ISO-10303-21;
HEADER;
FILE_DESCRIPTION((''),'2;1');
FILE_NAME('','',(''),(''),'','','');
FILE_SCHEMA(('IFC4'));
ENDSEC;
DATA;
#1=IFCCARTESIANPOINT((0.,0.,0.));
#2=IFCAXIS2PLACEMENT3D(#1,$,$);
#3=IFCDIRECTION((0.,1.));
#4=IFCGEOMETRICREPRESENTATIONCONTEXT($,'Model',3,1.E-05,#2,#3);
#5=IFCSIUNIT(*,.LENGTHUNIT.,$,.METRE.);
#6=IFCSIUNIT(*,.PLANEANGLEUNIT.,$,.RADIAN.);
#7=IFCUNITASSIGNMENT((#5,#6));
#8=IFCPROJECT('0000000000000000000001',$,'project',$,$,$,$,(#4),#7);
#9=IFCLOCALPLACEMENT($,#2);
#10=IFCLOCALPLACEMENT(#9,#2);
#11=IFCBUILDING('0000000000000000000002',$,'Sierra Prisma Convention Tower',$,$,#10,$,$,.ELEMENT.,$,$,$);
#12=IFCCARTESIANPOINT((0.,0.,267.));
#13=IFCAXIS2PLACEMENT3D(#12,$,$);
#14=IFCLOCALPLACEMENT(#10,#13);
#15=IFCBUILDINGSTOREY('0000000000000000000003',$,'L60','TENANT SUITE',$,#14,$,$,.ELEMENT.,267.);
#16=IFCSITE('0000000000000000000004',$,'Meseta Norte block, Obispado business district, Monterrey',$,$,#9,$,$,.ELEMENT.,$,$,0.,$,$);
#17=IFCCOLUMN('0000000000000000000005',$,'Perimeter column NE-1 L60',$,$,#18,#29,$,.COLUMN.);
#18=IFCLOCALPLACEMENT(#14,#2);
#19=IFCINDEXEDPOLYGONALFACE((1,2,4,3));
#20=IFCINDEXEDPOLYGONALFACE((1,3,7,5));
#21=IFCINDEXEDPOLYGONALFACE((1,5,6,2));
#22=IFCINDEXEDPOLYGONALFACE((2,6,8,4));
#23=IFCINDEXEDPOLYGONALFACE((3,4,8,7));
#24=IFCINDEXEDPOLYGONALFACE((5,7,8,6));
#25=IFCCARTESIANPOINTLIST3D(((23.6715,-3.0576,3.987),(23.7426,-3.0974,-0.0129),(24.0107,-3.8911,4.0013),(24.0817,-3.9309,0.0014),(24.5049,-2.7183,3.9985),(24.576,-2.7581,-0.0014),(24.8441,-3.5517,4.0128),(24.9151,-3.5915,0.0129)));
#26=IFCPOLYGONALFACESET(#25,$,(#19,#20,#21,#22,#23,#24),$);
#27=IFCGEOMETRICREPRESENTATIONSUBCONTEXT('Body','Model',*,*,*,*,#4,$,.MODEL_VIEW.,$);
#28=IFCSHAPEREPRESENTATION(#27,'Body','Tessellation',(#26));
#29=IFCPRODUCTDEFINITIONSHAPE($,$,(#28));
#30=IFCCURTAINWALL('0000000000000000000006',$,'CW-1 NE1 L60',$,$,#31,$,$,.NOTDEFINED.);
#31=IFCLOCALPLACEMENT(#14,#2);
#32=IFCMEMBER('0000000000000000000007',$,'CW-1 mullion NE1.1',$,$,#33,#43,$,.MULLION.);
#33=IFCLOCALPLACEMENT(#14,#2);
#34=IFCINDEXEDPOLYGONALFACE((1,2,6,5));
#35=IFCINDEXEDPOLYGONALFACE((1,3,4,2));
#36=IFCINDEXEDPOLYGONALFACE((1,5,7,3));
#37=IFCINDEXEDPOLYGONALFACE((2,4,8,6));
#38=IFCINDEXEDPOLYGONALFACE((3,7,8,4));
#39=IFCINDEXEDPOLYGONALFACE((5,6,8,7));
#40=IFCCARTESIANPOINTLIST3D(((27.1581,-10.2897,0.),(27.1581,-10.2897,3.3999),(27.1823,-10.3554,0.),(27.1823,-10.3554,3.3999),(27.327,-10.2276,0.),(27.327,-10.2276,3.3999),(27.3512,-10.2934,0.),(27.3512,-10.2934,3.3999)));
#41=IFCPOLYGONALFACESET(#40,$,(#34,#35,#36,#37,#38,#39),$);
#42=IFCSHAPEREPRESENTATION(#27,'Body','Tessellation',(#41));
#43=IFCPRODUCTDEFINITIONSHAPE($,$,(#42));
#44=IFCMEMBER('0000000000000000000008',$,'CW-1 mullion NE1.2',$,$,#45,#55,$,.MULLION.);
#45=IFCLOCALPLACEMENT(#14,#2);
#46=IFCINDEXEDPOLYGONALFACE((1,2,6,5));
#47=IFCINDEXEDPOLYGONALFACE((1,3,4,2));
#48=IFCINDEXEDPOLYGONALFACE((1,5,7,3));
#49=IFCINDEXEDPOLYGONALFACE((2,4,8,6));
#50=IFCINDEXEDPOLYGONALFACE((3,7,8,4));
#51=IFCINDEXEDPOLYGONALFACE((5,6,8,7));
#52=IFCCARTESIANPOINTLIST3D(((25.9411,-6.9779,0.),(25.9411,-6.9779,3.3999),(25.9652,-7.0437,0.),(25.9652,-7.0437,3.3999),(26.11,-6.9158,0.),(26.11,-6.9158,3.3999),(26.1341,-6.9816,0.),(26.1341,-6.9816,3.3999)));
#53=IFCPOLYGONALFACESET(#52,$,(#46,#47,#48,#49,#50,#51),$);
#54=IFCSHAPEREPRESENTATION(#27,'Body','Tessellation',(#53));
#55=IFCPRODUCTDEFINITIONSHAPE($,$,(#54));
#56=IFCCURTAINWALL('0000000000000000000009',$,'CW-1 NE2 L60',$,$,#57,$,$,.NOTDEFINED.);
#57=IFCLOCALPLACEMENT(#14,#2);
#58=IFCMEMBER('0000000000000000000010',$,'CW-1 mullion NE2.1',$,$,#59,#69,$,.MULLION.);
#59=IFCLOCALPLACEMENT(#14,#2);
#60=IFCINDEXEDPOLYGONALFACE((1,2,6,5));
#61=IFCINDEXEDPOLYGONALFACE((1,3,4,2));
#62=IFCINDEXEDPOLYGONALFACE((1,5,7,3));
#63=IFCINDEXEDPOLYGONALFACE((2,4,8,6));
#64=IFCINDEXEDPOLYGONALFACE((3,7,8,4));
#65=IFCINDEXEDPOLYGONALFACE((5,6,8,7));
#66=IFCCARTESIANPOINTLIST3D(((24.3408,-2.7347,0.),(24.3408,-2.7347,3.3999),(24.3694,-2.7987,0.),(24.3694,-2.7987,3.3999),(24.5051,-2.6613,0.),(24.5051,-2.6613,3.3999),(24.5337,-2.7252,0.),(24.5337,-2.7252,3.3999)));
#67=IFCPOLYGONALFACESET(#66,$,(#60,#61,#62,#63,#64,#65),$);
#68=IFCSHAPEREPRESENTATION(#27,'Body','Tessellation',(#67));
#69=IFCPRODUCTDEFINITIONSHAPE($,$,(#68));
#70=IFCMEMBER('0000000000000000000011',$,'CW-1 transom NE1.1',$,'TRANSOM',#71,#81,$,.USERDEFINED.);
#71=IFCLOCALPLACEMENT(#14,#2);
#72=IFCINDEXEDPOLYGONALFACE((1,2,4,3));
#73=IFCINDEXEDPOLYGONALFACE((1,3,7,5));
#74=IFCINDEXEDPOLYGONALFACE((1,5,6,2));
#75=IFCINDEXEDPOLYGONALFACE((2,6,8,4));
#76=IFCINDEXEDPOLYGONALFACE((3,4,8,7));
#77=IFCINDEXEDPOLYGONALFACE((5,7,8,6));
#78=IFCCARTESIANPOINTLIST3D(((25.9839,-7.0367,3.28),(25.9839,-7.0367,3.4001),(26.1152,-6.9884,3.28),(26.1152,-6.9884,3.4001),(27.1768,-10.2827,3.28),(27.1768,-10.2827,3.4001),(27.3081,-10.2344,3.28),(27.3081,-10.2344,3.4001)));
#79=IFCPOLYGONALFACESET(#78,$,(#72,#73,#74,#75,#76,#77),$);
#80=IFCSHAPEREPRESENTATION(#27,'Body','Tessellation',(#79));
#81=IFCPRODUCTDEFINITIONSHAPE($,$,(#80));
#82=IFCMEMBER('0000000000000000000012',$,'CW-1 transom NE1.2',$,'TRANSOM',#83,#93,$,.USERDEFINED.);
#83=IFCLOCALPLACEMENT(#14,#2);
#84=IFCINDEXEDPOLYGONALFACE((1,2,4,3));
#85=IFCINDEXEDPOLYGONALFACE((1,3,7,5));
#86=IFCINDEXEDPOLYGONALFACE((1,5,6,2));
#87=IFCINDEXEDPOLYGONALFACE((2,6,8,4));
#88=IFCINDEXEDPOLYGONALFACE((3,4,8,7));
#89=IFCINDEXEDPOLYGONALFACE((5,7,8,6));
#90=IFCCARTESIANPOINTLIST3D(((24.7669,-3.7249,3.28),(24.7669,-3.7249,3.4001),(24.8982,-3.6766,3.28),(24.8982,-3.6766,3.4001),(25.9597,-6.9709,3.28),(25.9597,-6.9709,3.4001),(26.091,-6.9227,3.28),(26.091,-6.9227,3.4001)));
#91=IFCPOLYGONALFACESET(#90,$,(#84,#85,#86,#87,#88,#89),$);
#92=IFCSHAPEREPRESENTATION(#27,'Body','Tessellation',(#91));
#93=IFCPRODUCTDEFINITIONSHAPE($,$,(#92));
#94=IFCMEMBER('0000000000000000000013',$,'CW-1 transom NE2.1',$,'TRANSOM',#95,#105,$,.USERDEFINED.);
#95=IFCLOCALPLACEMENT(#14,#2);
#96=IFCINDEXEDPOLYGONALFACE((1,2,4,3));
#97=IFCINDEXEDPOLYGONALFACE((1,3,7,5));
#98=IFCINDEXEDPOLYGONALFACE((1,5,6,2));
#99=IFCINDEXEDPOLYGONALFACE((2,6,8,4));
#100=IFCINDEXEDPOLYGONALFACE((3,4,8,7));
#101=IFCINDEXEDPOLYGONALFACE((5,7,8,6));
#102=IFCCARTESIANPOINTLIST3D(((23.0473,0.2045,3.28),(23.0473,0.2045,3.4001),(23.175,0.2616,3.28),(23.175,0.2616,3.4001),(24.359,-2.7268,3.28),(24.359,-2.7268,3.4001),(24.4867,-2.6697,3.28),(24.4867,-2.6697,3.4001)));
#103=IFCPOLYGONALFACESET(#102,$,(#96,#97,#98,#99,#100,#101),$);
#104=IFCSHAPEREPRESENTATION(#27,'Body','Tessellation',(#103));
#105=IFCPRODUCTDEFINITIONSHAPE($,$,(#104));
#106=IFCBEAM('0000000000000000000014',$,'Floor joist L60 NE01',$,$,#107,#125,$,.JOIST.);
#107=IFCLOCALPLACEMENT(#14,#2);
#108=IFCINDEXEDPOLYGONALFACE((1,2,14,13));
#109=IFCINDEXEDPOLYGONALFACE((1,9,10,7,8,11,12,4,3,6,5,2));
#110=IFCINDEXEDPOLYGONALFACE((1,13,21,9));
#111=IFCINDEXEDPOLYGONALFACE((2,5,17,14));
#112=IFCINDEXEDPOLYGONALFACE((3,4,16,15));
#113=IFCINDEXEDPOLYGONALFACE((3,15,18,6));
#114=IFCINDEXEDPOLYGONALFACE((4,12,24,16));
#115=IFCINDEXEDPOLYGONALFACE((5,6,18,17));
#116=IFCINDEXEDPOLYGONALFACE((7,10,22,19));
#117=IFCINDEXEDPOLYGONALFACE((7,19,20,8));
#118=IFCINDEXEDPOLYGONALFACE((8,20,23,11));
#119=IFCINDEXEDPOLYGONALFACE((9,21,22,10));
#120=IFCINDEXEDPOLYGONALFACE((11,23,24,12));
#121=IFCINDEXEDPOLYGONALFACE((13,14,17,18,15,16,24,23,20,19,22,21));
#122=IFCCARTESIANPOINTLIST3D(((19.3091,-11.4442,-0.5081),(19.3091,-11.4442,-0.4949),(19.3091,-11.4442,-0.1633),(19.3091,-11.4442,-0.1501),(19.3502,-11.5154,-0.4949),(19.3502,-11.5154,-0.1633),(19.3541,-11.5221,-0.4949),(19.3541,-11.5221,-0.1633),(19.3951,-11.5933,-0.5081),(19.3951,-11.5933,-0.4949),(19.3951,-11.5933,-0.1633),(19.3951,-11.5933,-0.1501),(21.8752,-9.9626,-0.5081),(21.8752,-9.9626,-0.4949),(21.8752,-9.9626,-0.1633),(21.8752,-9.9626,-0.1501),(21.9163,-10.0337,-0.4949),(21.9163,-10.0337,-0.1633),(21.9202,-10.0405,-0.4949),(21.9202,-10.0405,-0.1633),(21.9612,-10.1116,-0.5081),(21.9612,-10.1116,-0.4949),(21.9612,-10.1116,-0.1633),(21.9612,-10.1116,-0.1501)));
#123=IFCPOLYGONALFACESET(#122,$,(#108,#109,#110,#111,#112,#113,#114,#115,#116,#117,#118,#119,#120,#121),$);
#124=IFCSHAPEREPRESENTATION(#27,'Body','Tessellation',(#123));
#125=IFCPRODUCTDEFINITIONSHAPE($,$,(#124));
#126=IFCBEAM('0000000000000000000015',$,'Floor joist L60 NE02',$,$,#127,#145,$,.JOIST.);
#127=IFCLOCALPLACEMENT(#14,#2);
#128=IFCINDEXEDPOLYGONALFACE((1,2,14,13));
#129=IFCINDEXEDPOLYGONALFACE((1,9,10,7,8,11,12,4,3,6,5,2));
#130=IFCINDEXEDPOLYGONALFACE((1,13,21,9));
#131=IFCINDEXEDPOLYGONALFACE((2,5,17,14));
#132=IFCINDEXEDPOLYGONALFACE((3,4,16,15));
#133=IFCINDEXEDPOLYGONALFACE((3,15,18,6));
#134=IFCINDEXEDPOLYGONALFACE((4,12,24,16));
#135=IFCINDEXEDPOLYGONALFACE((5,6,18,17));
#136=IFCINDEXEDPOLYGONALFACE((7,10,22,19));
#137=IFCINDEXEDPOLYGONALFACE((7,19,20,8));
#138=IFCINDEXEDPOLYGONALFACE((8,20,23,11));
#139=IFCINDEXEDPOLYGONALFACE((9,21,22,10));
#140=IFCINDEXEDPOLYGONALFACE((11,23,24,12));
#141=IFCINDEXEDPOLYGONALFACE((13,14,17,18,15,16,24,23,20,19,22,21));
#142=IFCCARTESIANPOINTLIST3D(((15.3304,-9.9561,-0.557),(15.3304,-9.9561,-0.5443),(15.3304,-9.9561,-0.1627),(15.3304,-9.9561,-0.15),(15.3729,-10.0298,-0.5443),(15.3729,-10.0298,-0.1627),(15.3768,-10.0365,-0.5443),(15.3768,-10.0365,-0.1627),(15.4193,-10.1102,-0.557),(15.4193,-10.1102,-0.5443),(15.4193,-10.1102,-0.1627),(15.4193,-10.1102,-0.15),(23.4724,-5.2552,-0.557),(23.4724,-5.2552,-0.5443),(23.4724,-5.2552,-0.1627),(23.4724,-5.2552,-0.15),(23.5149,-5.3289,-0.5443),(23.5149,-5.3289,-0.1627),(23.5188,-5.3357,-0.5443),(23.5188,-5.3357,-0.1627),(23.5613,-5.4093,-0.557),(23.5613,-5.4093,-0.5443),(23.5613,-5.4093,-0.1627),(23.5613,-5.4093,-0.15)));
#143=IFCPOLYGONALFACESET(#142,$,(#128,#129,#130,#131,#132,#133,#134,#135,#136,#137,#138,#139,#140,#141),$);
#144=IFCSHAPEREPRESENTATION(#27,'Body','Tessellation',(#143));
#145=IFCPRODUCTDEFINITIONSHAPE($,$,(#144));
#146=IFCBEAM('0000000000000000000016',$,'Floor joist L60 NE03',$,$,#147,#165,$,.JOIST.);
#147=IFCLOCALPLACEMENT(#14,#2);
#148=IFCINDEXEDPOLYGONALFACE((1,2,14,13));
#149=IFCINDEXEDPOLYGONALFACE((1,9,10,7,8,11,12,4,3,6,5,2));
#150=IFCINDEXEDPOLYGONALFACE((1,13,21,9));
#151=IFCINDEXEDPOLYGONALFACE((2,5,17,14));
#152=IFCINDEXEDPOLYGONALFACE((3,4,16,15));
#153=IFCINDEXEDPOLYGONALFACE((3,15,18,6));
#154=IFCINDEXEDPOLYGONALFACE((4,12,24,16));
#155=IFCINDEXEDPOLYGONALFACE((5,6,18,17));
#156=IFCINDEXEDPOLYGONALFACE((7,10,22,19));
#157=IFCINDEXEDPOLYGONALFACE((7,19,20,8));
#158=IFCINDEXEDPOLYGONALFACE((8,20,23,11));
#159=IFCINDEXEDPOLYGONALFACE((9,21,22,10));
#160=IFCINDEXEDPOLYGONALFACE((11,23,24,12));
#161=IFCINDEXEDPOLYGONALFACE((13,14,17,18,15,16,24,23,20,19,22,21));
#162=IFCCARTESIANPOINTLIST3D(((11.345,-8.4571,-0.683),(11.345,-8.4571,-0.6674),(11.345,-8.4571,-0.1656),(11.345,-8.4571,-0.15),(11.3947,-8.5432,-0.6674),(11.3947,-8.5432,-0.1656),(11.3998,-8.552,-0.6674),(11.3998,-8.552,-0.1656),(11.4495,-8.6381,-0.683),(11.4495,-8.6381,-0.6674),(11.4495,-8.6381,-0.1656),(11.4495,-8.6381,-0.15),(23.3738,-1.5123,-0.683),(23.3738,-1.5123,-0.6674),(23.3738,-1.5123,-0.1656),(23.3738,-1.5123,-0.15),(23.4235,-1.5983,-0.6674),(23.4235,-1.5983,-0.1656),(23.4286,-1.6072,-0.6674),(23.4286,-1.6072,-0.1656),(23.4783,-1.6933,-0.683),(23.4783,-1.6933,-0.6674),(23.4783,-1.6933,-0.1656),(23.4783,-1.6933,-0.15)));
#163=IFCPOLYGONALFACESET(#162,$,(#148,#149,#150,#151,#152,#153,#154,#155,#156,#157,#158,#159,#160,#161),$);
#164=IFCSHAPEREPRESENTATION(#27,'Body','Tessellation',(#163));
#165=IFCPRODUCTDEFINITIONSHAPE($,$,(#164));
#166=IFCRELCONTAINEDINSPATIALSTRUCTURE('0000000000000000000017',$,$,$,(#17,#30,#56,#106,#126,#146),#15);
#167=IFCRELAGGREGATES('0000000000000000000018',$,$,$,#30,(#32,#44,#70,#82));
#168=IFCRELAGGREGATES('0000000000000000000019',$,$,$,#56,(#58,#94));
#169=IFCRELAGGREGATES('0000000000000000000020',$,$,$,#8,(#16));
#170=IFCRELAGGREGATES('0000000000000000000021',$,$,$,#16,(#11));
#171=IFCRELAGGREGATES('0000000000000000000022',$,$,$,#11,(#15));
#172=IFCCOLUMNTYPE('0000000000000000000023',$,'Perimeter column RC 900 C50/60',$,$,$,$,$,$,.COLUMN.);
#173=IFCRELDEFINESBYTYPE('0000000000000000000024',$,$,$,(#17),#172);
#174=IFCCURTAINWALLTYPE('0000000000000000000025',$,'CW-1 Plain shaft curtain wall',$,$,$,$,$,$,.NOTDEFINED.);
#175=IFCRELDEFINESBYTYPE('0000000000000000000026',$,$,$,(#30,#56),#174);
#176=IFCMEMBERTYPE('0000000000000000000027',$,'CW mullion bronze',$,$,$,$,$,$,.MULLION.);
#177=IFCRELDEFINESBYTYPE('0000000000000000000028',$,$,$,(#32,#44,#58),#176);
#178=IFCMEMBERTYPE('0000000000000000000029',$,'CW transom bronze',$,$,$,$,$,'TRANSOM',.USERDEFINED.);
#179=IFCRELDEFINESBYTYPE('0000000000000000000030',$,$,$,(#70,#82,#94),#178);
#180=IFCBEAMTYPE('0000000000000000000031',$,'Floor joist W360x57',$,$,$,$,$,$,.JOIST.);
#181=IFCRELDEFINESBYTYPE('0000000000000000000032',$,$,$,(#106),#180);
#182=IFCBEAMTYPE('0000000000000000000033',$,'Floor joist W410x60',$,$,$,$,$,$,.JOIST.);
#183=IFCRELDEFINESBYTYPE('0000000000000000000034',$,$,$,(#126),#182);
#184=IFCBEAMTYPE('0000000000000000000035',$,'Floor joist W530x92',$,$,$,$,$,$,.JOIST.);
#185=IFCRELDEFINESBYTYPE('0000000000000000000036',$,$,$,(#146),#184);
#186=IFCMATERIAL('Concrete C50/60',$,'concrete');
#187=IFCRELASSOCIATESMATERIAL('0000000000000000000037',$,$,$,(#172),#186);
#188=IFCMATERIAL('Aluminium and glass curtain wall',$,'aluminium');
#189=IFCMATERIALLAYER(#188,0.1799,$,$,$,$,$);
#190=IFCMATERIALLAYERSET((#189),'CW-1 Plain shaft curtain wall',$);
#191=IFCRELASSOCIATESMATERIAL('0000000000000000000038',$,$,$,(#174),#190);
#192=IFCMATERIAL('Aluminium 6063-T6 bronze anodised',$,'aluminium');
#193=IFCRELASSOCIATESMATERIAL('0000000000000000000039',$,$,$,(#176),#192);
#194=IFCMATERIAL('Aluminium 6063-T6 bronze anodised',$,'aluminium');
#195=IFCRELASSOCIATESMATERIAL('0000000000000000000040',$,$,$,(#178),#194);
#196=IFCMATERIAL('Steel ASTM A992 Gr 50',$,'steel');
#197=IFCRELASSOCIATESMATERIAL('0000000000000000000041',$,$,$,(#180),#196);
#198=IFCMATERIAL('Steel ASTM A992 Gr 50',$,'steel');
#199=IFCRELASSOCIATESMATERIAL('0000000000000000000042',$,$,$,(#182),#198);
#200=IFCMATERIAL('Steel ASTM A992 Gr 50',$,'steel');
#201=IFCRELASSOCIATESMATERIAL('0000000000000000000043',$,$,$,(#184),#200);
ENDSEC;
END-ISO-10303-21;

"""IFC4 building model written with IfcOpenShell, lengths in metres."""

from ifc_helpers import new_model, si_unit, direction, frame, origin, origin_2d, place, context, subcontext, project, spatial, rectangle, i_section, extrude, material, layer, layer_set, material_profile, profile_set, type_object, element, aggregate, save


model = new_model("IFC4")

# Units and contexts
model_context = context("Model", 3, precision=1e-05, world=origin(), true_north=direction((0.0, 1.0)))
body_context = subcontext(model_context, "Body", "Model", "MODEL_VIEW")
ifc_project = project(units=[si_unit("LENGTHUNIT", "METRE"), si_unit("PLANEANGLEUNIT", "RADIAN")], contexts=[model_context])

# Site, building, storey
site_placement = place(None, origin())
site = spatial("IfcSite", under=ifc_project, at=site_placement, Name="Meseta Norte block, Obispado business district, Monterrey", CompositionType="ELEMENT", RefElevation=0.0)
building_placement = place(site_placement, origin())
building = spatial("IfcBuilding", under=site, at=building_placement, Name="Sierra Prisma Convention Tower", CompositionType="ELEMENT")
storey_placement = place(building_placement, frame((0.0, 0.0, 267.0)))
storey = spatial("IfcBuildingStorey", under=building, at=storey_placement, Name="L60", Description="TENANT SUITE", CompositionType="ELEMENT", Elevation=267.0)

# Column
ifc_material_1 = material(Name="Concrete C50/60", Category="concrete")
ifc_material_profile_1 = material_profile(ifc_material_1, rectangle(XDim=0.8999, YDim=0.8999, at=origin_2d()), Name="Perimeter column RC 900 C50/60")
ifc_profile_set_1 = profile_set([ifc_material_profile_1], Name="Concrete C50/60")
column_type = type_object("IfcColumnType", Name="Perimeter column RC 900 C50/60", PredefinedType="COLUMN", material=ifc_profile_set_1)
column_placement = place(storey_placement, frame((24.3289, -3.3445, 0.0), z_axis=(-0.017758, 0.009947, 0.999793), x_axis=(-0.376862, 0.926133, -0.015907)))
element("IfcColumn", 1, at=column_placement, inside=storey, type_object=column_type, Name="Perimeter column NE-1 L60", PredefinedType="COLUMN", context=body_context, shape_type="SweptSolid", body=[
    extrude(rectangle(XDim=0.8999, YDim=0.8999, at=origin_2d()), origin(), (0.0, 0.0, 1.0), 4.0007),
])

# Curtain wall, members
ifc_material_2 = material(Name="Aluminium and glass curtain wall", Category="aluminium")
ifc_layer_1 = layer(ifc_material_2, 0.1799)
ifc_layer_set_1 = layer_set([ifc_layer_1], Name="CW-1 Plain shaft curtain wall")
curtain_wall_type = type_object("IfcCurtainWallType", Name="CW-1 Plain shaft curtain wall", PredefinedType="NOTDEFINED", material=ifc_layer_set_1)
curtain_wall_1_placement = place(storey_placement, origin())
curtain_wall_1 = element("IfcCurtainWall", 2, at=curtain_wall_1_placement, inside=storey, type_object=curtain_wall_type, Name="CW-1 NE1 L60", PredefinedType="NOTDEFINED")
ifc_material_3 = material(Name="Aluminium 6063-T6 bronze anodised", Category="aluminium")
ifc_material_profile_2 = material_profile(ifc_material_3, rectangle(XDim=0.1799, YDim=0.0701, at=origin_2d()), Name="ALU MULLION 70x180")
ifc_profile_set_2 = profile_set([ifc_material_profile_2], Name="Aluminium 6063-T6 bronze anodised")
member_type_1 = type_object("IfcMemberType", Name="CW mullion bronze", PredefinedType="MULLION", material=ifc_profile_set_2)
member_1_placement = place(storey_placement, frame((27.2546, -10.2915, 0.0), z_axis=(0.0, 0.0, 1.0), x_axis=(-0.93862, -0.344952, 0.0)))
member_1 = element("IfcMember", 3, at=member_1_placement, type_object=member_type_1, Name="CW-1 mullion NE1.1", PredefinedType="MULLION", context=body_context, shape_type="SweptSolid", body=[
    extrude(rectangle(XDim=0.1799, YDim=0.0701, at=origin_2d()), origin(), (0.0, 0.0, 1.0), 3.3999),
])
member_2_placement = place(storey_placement, frame((26.0376, -6.9797, 0.0), z_axis=(0.0, 0.0, 1.0), x_axis=(-0.93862, -0.344952, 0.0)))
member_2 = element("IfcMember", 4, at=member_2_placement, type_object=member_type_1, Name="CW-1 mullion NE1.2", PredefinedType="MULLION", context=body_context, shape_type="SweptSolid", body=[
    extrude(rectangle(XDim=0.1799, YDim=0.0701, at=origin_2d()), origin(), (0.0, 0.0, 1.0), 3.3999),
])

# Curtain wall, member
curtain_wall_2_placement = place(storey_placement, origin())
curtain_wall_2 = element("IfcCurtainWall", 5, at=curtain_wall_2_placement, inside=storey, type_object=curtain_wall_type, Name="CW-1 NE2 L60", PredefinedType="NOTDEFINED")
member_3_placement = place(storey_placement, frame((24.4373, -2.73, 0.0), z_axis=(0.0, 0.0, 1.0), x_axis=(-0.912782, -0.408447, 0.0)))
member_3 = element("IfcMember", 6, at=member_3_placement, type_object=member_type_1, Name="CW-1 mullion NE2.1", PredefinedType="MULLION", context=body_context, shape_type="SweptSolid", body=[
    extrude(rectangle(XDim=0.1799, YDim=0.0701, at=origin_2d()), origin(), (0.0, 0.0, 1.0), 3.3999),
])

# Members
ifc_material_4 = material(Name="Aluminium 6063-T6 bronze anodised", Category="aluminium")
ifc_material_profile_3 = material_profile(ifc_material_4, rectangle(XDim=0.1399, YDim=0.1201, at=origin_2d()), Name="ALU TRANSOM 120x140")
ifc_profile_set_3 = profile_set([ifc_material_profile_3], Name="Aluminium 6063-T6 bronze anodised")
member_type_2 = type_object("IfcMemberType", Name="CW transom bronze", ElementType="TRANSOM", PredefinedType="USERDEFINED", material=ifc_profile_set_3)
member_4_placement = place(storey_placement, frame((27.2424, -10.2585, 3.3401), z_axis=(-0.344927, 0.93863, 0.0), x_axis=(-0.93863, -0.344927, 0.0)))
member_4 = element("IfcMember", 7, at=member_4_placement, type_object=member_type_2, Name="CW-1 transom NE1.1", ObjectType="TRANSOM", PredefinedType="USERDEFINED", context=body_context, shape_type="SweptSolid", body=[
    extrude(rectangle(XDim=0.1399, YDim=0.1201, at=origin_2d()), origin(), (0.0, 0.0, 1.0), 3.4583),
])
member_5_placement = place(storey_placement, frame((26.0254, -6.9468, 3.3401), z_axis=(-0.344927, 0.93863, 0.0), x_axis=(-0.93863, -0.344927, 0.0)))
member_5 = element("IfcMember", 8, at=member_5_placement, type_object=member_type_2, Name="CW-1 transom NE1.2", ObjectType="TRANSOM", PredefinedType="USERDEFINED", context=body_context, shape_type="SweptSolid", body=[
    extrude(rectangle(XDim=0.1399, YDim=0.1201, at=origin_2d()), origin(), (0.0, 0.0, 1.0), 3.4583),
])
member_6_placement = place(storey_placement, frame((24.4229, -2.6982, 3.3401), z_axis=(-0.408458, 0.912777, 0.0), x_axis=(-0.912777, -0.408458, 0.0)))
member_6 = element("IfcMember", 9, at=member_6_placement, type_object=member_type_2, Name="CW-1 transom NE2.1", ObjectType="TRANSOM", PredefinedType="USERDEFINED", context=body_context, shape_type="SweptSolid", body=[
    extrude(rectangle(XDim=0.1399, YDim=0.1201, at=origin_2d()), origin(), (0.0, 0.0, 1.0), 3.2114),
])

# Beams
ifc_material_5 = material(Name="Steel ASTM A992 Gr 50", Category="steel")
ifc_material_profile_4 = material_profile(ifc_material_5, i_section(OverallWidth=0.1721, OverallDepth=0.3579, WebThickness=0.0078, FlangeThickness=0.0132, at=origin_2d()), Name="W360x57")
ifc_profile_set_4 = profile_set([ifc_material_profile_4], Name="Steel ASTM A992 Gr 50")
beam_type_1 = type_object("IfcBeamType", Name="Floor joist W360x57", PredefinedType="JOIST", material=ifc_profile_set_4)
beam_1_placement = place(storey_placement, frame((21.9182, -10.0371, -0.3291), z_axis=(-0.866009, -0.500029, 0.0), x_axis=(0.500029, -0.866009, 0.0)))
element("IfcBeam", 10, at=beam_1_placement, inside=storey, type_object=beam_type_1, Name="Floor joist L60 NE01", PredefinedType="JOIST", context=body_context, shape_type="SweptSolid", body=[
    extrude(i_section(OverallWidth=0.1721, OverallDepth=0.3579, WebThickness=0.0078, FlangeThickness=0.0132, at=origin_2d()), origin(), (0.0, 0.0, 1.0), 2.9631),
])
ifc_material_6 = material(Name="Steel ASTM A992 Gr 50", Category="steel")
ifc_material_profile_5 = material_profile(ifc_material_6, i_section(OverallWidth=0.178, OverallDepth=0.407, WebThickness=0.0078, FlangeThickness=0.0127, at=origin_2d()), Name="W410x60")
ifc_profile_set_5 = profile_set([ifc_material_profile_5], Name="Steel ASTM A992 Gr 50")
beam_type_2 = type_object("IfcBeamType", Name="Floor joist W410x60", PredefinedType="JOIST", material=ifc_profile_set_5)
beam_2_placement = place(storey_placement, frame((23.5168, -5.3323, -0.3535), z_axis=(-0.866021, -0.500007, 0.0), x_axis=(0.500007, -0.866021, 0.0)))
element("IfcBeam", 11, at=beam_2_placement, inside=storey, type_object=beam_type_2, Name="Floor joist L60 NE02", PredefinedType="JOIST", context=body_context, shape_type="SweptSolid", body=[
    extrude(i_section(OverallWidth=0.178, OverallDepth=0.407, WebThickness=0.0078, FlangeThickness=0.0127, at=origin_2d()), origin(), (0.0, 0.0, 1.0), 9.4016),
])
ifc_material_7 = material(Name="Steel ASTM A992 Gr 50", Category="steel")
ifc_material_profile_6 = material_profile(ifc_material_7, i_section(OverallWidth=0.209, OverallDepth=0.533, WebThickness=0.0103, FlangeThickness=0.0156, at=origin_2d()), Name="W530x92")
ifc_profile_set_6 = profile_set([ifc_material_profile_6], Name="Steel ASTM A992 Gr 50")
beam_type_3 = type_object("IfcBeamType", Name="Floor joist W530x92", PredefinedType="JOIST", material=ifc_profile_set_6)
beam_3_placement = place(storey_placement, frame((23.426, -1.6028, -0.4165), z_axis=(-0.866026, -0.499999, 0.0), x_axis=(0.499999, -0.866026, 0.0)))
element("IfcBeam", 12, at=beam_3_placement, inside=storey, type_object=beam_type_3, Name="Floor joist L60 NE03", PredefinedType="JOIST", context=body_context, shape_type="SweptSolid", body=[
    extrude(i_section(OverallWidth=0.209, OverallDepth=0.533, WebThickness=0.0103, FlangeThickness=0.0156, at=origin_2d()), origin(), (0.0, 0.0, 1.0), 13.8896),
])

aggregate(curtain_wall_1, [member_1, member_2, member_4, member_5])
aggregate(curtain_wall_2, [member_3, member_6])

save(model, "model.ifc")
